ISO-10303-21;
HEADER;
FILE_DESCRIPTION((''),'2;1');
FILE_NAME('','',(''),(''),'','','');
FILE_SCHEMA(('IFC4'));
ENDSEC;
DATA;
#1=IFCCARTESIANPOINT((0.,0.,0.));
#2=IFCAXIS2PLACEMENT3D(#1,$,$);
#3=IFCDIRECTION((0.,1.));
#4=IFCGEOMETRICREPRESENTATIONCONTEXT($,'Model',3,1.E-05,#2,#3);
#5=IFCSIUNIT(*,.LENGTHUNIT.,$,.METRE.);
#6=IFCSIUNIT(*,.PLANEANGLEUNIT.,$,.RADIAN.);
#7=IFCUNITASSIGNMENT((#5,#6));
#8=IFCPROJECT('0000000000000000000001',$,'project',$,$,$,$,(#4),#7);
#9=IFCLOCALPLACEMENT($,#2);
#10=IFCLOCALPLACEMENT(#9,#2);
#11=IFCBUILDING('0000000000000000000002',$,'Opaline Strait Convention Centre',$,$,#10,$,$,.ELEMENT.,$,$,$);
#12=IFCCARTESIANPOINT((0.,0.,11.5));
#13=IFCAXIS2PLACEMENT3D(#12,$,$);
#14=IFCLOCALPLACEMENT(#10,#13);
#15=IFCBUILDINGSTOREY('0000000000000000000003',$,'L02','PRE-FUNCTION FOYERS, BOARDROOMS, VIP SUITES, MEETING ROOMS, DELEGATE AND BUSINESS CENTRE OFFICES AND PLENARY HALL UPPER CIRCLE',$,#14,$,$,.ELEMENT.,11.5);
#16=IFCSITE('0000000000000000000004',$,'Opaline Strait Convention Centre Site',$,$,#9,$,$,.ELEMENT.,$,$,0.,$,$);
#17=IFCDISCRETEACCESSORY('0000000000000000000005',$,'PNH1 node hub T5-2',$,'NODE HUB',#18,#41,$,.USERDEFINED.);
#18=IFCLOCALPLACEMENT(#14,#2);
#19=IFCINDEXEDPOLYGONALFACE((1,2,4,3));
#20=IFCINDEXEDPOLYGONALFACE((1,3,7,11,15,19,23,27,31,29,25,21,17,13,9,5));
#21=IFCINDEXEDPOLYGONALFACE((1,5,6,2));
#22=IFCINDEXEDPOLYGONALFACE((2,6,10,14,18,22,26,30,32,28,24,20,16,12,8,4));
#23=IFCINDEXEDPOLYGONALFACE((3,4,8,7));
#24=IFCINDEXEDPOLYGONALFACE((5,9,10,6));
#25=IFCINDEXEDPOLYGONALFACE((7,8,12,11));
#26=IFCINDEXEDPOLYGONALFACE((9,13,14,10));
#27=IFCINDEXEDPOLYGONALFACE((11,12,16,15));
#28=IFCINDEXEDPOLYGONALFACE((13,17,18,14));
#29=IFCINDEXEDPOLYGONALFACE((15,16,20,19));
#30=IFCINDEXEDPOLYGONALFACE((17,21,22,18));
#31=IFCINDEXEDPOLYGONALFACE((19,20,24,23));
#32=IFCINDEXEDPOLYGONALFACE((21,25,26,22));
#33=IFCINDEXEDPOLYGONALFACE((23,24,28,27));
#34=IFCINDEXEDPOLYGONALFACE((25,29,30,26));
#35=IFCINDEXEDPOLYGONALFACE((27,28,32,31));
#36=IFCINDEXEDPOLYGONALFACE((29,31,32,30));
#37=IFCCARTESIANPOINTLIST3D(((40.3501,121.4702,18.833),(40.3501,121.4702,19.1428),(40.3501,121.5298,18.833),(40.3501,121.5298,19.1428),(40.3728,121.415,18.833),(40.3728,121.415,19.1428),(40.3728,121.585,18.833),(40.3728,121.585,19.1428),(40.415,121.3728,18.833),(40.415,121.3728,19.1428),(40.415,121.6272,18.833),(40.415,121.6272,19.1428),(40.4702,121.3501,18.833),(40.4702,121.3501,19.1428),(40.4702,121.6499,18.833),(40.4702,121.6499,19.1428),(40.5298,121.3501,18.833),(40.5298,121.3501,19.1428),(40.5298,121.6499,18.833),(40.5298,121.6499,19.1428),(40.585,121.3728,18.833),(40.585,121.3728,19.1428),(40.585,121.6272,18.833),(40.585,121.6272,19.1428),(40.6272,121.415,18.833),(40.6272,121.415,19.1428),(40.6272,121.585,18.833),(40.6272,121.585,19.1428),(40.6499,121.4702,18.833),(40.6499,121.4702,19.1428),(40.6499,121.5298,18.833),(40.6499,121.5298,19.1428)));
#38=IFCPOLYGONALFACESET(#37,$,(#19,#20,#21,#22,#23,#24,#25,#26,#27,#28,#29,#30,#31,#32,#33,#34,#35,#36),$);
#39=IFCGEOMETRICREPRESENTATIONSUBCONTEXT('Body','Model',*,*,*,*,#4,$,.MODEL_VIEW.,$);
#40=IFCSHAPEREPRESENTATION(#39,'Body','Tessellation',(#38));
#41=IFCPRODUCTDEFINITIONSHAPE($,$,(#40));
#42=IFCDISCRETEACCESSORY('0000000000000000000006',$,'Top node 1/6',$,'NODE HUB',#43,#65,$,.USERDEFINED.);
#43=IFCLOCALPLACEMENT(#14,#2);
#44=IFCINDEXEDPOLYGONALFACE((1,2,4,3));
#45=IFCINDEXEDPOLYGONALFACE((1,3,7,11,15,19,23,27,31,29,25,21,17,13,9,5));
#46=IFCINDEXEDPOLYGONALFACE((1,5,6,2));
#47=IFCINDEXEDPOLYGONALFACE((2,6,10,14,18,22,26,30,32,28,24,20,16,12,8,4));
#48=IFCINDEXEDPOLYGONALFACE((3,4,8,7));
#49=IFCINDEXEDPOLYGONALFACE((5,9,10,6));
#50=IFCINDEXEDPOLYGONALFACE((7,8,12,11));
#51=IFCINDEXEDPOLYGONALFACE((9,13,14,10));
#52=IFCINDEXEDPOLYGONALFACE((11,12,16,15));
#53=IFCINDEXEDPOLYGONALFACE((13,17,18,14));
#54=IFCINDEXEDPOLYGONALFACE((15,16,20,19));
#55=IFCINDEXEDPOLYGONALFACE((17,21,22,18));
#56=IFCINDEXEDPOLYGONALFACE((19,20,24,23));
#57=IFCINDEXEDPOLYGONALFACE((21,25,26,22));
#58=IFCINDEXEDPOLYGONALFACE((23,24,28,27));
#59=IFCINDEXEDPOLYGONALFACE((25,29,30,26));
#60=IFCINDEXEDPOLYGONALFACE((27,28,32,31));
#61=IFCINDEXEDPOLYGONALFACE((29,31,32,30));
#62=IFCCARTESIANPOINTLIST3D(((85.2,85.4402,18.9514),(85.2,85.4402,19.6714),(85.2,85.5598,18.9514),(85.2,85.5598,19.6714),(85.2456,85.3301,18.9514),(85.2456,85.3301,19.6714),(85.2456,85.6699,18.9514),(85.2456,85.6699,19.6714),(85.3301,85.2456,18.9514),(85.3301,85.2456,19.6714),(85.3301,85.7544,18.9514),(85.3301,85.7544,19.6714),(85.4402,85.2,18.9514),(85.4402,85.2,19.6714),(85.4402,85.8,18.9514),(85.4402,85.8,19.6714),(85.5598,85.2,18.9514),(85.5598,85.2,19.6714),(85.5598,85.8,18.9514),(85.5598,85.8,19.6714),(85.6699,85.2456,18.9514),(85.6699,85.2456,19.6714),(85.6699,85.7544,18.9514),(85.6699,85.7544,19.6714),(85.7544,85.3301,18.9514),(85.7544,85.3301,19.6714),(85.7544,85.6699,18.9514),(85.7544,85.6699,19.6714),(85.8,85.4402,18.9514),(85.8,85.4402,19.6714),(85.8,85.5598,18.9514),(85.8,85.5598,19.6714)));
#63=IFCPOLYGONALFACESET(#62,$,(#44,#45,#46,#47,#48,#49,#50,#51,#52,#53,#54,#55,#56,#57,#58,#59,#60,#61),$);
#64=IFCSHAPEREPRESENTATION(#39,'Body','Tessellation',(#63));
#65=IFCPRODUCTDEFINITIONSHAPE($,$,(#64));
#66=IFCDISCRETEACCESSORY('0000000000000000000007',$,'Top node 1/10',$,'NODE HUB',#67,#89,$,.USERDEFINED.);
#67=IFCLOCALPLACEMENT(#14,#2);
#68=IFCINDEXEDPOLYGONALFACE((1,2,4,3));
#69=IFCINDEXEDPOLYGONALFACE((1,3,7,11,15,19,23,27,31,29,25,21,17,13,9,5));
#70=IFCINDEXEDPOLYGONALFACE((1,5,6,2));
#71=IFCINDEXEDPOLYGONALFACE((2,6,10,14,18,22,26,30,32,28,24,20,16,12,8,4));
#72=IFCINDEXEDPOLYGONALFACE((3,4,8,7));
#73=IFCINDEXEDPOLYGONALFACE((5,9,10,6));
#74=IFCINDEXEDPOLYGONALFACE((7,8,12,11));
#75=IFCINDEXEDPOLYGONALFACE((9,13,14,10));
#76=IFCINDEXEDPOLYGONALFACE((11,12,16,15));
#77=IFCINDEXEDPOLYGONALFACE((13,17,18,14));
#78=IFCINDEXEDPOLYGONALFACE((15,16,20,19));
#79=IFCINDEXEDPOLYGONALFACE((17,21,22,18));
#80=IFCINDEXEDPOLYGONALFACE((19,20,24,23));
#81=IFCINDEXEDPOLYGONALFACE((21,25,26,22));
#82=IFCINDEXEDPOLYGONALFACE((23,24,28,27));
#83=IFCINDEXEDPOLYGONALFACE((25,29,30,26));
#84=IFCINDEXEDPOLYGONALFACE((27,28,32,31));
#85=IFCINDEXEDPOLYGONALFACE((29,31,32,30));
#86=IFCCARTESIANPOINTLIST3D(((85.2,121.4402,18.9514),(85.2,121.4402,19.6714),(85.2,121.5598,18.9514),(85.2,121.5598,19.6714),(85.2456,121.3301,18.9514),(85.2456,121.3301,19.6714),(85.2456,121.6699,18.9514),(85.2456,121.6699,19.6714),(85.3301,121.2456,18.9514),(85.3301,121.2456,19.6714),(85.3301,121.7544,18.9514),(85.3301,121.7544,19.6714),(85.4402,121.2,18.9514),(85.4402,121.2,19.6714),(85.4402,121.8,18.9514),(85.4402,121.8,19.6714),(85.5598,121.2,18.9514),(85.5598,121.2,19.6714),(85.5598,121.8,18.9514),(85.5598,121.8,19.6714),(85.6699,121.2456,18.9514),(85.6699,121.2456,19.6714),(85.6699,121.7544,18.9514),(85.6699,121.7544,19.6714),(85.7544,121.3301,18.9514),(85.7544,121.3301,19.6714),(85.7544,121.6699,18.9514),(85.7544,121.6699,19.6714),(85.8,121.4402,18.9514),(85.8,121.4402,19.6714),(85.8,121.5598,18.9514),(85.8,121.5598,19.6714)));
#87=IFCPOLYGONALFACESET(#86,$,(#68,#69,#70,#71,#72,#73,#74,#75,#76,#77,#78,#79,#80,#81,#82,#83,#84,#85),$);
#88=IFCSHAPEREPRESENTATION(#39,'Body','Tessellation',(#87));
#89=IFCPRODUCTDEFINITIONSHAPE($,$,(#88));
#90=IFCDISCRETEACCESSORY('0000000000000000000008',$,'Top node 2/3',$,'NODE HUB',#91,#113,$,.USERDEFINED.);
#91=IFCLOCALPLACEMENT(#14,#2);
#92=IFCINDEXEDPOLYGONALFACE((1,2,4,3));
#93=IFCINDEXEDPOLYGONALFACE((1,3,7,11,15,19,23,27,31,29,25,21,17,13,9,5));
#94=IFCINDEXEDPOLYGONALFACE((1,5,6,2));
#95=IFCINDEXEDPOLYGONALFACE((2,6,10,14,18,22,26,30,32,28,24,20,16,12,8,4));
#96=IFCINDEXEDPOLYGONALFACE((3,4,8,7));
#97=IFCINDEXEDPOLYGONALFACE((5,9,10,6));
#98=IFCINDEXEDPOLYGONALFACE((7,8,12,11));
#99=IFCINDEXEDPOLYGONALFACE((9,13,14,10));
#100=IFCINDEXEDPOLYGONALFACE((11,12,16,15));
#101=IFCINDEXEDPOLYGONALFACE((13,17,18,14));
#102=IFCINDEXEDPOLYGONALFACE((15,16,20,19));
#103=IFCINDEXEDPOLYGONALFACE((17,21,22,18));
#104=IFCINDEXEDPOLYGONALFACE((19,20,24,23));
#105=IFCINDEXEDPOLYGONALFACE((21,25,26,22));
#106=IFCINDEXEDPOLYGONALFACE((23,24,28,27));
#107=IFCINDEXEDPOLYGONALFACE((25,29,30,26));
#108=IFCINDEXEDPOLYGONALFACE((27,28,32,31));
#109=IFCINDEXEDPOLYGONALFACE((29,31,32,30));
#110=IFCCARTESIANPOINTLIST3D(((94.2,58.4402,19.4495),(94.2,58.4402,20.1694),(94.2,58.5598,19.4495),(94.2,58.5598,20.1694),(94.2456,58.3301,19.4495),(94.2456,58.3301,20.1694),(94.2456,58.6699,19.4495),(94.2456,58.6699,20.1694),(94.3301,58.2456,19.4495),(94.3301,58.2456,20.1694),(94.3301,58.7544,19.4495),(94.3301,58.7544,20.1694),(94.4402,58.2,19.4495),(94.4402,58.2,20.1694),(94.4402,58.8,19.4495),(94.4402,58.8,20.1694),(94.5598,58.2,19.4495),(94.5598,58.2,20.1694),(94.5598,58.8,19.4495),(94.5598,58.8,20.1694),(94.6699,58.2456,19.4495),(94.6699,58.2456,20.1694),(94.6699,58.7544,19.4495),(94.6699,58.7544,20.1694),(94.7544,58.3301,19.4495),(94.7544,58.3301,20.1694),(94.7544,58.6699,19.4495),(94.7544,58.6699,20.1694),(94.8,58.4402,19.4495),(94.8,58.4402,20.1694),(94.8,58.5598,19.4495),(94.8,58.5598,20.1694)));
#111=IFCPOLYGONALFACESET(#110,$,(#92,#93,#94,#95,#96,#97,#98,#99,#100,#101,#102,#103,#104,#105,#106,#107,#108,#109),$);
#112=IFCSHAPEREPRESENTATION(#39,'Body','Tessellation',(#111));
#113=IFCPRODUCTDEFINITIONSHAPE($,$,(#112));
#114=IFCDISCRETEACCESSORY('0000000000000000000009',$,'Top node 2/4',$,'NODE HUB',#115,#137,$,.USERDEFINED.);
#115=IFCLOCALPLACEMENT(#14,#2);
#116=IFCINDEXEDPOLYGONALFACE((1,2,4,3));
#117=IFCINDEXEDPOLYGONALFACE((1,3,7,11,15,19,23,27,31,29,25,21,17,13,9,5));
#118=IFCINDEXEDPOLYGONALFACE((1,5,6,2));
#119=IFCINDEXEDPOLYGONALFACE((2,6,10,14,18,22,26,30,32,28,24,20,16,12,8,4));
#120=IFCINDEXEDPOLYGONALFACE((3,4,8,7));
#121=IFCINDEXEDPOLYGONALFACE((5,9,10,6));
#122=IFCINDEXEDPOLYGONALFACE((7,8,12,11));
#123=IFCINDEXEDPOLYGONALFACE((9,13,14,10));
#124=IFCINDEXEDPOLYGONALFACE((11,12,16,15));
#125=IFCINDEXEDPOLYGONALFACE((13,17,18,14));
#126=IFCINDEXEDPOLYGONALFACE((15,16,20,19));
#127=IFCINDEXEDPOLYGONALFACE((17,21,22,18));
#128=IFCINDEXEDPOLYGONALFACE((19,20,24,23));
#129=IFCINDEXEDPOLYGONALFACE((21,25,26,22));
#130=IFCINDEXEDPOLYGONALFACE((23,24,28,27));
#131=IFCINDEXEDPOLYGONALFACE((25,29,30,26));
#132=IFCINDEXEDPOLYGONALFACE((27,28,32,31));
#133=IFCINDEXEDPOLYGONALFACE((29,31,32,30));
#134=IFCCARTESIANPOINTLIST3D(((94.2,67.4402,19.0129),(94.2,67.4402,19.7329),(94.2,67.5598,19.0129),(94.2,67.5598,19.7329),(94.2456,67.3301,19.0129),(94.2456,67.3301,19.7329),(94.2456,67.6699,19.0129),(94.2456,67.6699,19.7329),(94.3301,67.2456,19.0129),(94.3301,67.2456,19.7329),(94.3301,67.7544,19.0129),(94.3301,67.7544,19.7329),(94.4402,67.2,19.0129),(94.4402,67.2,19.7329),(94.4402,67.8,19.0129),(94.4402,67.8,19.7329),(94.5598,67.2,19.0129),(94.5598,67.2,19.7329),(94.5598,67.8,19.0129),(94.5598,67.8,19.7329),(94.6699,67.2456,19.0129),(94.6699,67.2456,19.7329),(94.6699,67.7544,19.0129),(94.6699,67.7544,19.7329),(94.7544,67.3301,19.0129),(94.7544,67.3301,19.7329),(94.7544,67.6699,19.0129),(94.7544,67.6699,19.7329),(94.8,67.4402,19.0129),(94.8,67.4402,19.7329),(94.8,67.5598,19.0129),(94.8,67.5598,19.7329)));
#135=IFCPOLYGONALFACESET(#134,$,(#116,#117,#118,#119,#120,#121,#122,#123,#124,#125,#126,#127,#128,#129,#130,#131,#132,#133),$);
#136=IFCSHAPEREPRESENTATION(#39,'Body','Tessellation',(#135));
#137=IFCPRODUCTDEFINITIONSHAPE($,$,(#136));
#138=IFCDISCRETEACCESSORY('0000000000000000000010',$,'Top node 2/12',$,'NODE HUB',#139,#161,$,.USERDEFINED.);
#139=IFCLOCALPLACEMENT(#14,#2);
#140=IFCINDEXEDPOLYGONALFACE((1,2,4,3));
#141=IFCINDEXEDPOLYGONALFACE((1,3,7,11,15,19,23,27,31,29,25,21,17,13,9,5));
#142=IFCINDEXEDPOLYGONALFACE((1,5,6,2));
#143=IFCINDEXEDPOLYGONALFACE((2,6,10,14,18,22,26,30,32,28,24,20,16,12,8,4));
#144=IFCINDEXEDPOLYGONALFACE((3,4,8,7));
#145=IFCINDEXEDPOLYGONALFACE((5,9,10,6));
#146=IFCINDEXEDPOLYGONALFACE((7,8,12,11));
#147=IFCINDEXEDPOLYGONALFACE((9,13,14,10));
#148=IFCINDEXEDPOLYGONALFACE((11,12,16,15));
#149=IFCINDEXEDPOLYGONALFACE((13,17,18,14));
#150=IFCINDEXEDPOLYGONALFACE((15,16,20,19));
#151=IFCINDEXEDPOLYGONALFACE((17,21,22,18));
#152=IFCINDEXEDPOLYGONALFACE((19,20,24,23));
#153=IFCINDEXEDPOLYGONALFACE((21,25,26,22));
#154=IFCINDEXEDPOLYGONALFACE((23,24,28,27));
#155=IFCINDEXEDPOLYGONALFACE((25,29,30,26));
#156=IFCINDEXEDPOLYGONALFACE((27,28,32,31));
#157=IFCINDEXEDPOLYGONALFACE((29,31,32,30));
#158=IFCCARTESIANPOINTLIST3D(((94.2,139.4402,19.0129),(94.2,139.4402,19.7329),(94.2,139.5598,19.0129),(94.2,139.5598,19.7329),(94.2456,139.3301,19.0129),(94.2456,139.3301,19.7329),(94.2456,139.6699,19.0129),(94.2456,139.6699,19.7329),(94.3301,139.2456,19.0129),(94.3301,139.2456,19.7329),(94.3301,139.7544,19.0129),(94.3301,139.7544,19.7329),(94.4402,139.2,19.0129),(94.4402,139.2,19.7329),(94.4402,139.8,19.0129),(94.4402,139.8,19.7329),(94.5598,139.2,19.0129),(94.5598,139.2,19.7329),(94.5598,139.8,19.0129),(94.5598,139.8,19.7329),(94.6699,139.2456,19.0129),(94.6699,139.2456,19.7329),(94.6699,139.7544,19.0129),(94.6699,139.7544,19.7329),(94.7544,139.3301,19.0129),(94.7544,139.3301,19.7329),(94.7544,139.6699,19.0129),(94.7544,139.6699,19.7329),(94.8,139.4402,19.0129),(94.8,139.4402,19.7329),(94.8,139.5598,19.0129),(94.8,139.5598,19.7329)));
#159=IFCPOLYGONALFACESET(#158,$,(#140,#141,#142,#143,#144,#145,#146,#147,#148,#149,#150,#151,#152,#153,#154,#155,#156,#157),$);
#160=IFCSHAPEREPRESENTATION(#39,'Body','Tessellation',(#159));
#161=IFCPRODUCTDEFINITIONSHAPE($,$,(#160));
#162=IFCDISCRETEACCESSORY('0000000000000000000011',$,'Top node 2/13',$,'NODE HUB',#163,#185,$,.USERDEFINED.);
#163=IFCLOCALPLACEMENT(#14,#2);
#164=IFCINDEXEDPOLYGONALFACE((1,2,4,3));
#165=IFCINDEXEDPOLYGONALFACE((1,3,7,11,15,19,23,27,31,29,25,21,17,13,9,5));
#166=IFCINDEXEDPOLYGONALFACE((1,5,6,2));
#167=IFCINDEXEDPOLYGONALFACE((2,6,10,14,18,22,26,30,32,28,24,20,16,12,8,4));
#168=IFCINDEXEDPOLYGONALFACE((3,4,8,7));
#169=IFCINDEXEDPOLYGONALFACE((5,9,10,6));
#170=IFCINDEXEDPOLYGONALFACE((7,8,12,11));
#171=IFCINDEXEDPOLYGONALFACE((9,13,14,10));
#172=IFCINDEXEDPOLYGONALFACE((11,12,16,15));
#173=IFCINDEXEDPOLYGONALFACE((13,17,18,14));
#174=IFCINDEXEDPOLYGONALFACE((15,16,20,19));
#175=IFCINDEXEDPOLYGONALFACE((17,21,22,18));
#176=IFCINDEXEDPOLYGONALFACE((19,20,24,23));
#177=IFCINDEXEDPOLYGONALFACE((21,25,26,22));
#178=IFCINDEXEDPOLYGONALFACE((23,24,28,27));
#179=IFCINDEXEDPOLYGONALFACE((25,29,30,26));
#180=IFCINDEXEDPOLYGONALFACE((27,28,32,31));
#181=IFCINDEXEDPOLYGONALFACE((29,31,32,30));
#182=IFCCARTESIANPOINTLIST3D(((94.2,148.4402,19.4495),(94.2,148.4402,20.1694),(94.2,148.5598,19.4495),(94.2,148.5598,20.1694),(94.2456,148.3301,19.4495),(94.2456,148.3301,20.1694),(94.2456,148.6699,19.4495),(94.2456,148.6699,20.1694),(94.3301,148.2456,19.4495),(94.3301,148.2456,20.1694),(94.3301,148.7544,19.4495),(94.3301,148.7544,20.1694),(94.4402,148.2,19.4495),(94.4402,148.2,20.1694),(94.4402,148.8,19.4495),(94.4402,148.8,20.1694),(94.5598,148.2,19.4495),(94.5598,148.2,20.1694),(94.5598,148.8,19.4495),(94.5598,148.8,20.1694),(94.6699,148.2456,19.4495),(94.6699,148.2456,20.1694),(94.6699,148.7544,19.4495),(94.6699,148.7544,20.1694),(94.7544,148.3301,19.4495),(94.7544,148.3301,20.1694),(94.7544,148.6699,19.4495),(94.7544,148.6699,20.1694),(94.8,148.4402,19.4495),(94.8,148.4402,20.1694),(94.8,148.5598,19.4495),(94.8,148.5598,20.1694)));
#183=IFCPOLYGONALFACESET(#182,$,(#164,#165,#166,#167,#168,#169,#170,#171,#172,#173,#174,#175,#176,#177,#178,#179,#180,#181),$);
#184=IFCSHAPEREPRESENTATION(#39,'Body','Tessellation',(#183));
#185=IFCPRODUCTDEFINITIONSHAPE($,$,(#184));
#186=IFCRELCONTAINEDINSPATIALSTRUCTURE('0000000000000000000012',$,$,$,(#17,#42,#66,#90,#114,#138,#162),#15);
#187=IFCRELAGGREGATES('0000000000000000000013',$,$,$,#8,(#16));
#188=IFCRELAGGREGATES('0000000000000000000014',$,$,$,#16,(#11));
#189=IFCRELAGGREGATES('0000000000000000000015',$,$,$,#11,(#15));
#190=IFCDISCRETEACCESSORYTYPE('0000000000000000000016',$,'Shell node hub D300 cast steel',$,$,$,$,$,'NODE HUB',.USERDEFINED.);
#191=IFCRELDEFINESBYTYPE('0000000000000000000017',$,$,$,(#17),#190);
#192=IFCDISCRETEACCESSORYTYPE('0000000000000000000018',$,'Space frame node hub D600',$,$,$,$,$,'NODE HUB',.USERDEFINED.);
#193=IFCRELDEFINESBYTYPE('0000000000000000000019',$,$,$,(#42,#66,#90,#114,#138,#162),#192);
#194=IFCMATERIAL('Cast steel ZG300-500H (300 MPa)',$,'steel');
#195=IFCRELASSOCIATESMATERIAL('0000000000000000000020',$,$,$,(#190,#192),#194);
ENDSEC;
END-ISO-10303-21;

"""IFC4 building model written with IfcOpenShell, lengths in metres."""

from ifc_helpers import new_model, si_unit, direction, frame, origin, place, context, subcontext, project, spatial, polyline, outline, extrude, material, type_object, element, save


model = new_model("IFC4")

# Units and contexts
model_context = context("Model", 3, precision=1e-05, world=origin(), true_north=direction((0.0, 1.0)))
body_context = subcontext(model_context, "Body", "Model", "MODEL_VIEW")
ifc_project = project(units=[si_unit("LENGTHUNIT", "METRE"), si_unit("PLANEANGLEUNIT", "RADIAN")], contexts=[model_context])

# Site, building, storey
site_placement = place(None, origin())
site = spatial("IfcSite", under=ifc_project, at=site_placement, Name="Opaline Strait Convention Centre Site", CompositionType="ELEMENT", RefElevation=0.0)
building_placement = place(site_placement, origin())
building = spatial("IfcBuilding", under=site, at=building_placement, Name="Opaline Strait Convention Centre", CompositionType="ELEMENT")
storey_placement = place(building_placement, frame((0.0, 0.0, 11.5)))
storey = spatial("IfcBuildingStorey", under=building, at=storey_placement, Name="L02", Description="PRE-FUNCTION FOYERS, BOARDROOMS, VIP SUITES, MEETING ROOMS, DELEGATE AND BUSINESS CENTRE OFFICES AND PLENARY HALL UPPER CIRCLE", CompositionType="ELEMENT", Elevation=11.5)

# Discrete accessories
ifc_material = material(Name="Cast steel ZG300-500H (300 MPa)", Category="steel")
discrete_accessory_type_1 = type_object("IfcDiscreteAccessoryType", Name="Shell node hub D300 cast steel", ElementType="NODE HUB", PredefinedType="USERDEFINED", material=ifc_material)
discrete_accessory_1_placement = place(storey_placement, frame((0.0, 0.0, 18.833)))
element("IfcDiscreteAccessory", 1, at=discrete_accessory_1_placement, inside=storey, type_object=discrete_accessory_type_1, Name="PNH1 node hub T5-2", ObjectType="NODE HUB", PredefinedType="USERDEFINED", context=body_context, shape_type="SweptSolid", body=[
    extrude(outline(polyline([(40.6499, 121.5298), (40.6272, 121.585), (40.585, 121.6272), (40.5298, 121.6499), (40.4702, 121.6499), (40.415, 121.6272), (40.3728, 121.585), (40.3501, 121.5298), (40.3501, 121.4702), (40.3728, 121.415), (40.415, 121.3728), (40.4702, 121.3501), (40.5298, 121.3501), (40.585, 121.3728), (40.6272, 121.415), (40.6499, 121.4702), (40.6499, 121.5298)])), origin(), (0.0, 0.0, 1.0), 0.3098),
])
discrete_accessory_type_2 = type_object("IfcDiscreteAccessoryType", Name="Space frame node hub D600", ElementType="NODE HUB", PredefinedType="USERDEFINED", material=ifc_material)
discrete_accessory_2_placement = place(storey_placement, frame((0.0, 0.0, 18.9514)))
element("IfcDiscreteAccessory", 2, at=discrete_accessory_2_placement, inside=storey, type_object=discrete_accessory_type_2, Name="Top node 1/6", ObjectType="NODE HUB", PredefinedType="USERDEFINED", context=body_context, shape_type="SweptSolid", body=[
    extrude(outline(polyline([(85.8, 85.5598), (85.7544, 85.6699), (85.6699, 85.7544), (85.5598, 85.8), (85.4402, 85.8), (85.3301, 85.7544), (85.2456, 85.6699), (85.2, 85.5598), (85.2, 85.4402), (85.2456, 85.3301), (85.3301, 85.2456), (85.4402, 85.2), (85.5598, 85.2), (85.6699, 85.2456), (85.7544, 85.3301), (85.8, 85.4402), (85.8, 85.5598)])), origin(), (0.0, 0.0, 1.0), 0.72),
])
discrete_accessory_3_placement = place(storey_placement, frame((0.0, 0.0, 18.9514)))
element("IfcDiscreteAccessory", 3, at=discrete_accessory_3_placement, inside=storey, type_object=discrete_accessory_type_2, Name="Top node 1/10", ObjectType="NODE HUB", PredefinedType="USERDEFINED", context=body_context, shape_type="SweptSolid", body=[
    extrude(outline(polyline([(85.8, 121.5598), (85.7544, 121.6699), (85.6699, 121.7544), (85.5598, 121.8), (85.4402, 121.8), (85.3301, 121.7544), (85.2456, 121.6699), (85.2, 121.5598), (85.2, 121.4402), (85.2456, 121.3301), (85.3301, 121.2456), (85.4402, 121.2), (85.5598, 121.2), (85.6699, 121.2456), (85.7544, 121.3301), (85.8, 121.4402), (85.8, 121.5598)])), origin(), (0.0, 0.0, 1.0), 0.72),
])
discrete_accessory_4_placement = place(storey_placement, frame((0.0, 0.0, 19.4495)))
element("IfcDiscreteAccessory", 4, at=discrete_accessory_4_placement, inside=storey, type_object=discrete_accessory_type_2, Name="Top node 2/3", ObjectType="NODE HUB", PredefinedType="USERDEFINED", context=body_context, shape_type="SweptSolid", body=[
    extrude(outline(polyline([(94.8, 58.5598), (94.7544, 58.6699), (94.6699, 58.7544), (94.5598, 58.8), (94.4402, 58.8), (94.3301, 58.7544), (94.2456, 58.6699), (94.2, 58.5598), (94.2, 58.4402), (94.2456, 58.3301), (94.3301, 58.2456), (94.4402, 58.2), (94.5598, 58.2), (94.6699, 58.2456), (94.7544, 58.3301), (94.8, 58.4402), (94.8, 58.5598)])), origin(), (0.0, 0.0, 1.0), 0.72),
])
discrete_accessory_5_placement = place(storey_placement, frame((0.0, 0.0, 19.0129)))
element("IfcDiscreteAccessory", 5, at=discrete_accessory_5_placement, inside=storey, type_object=discrete_accessory_type_2, Name="Top node 2/4", ObjectType="NODE HUB", PredefinedType="USERDEFINED", context=body_context, shape_type="SweptSolid", body=[
    extrude(outline(polyline([(94.8, 67.5598), (94.7544, 67.6699), (94.6699, 67.7544), (94.5598, 67.8), (94.4402, 67.8), (94.3301, 67.7544), (94.2456, 67.6699), (94.2, 67.5598), (94.2, 67.4402), (94.2456, 67.3301), (94.3301, 67.2456), (94.4402, 67.2), (94.5598, 67.2), (94.6699, 67.2456), (94.7544, 67.3301), (94.8, 67.4402), (94.8, 67.5598)])), origin(), (0.0, 0.0, 1.0), 0.72),
])
discrete_accessory_6_placement = place(storey_placement, frame((0.0, 0.0, 19.0129)))
element("IfcDiscreteAccessory", 6, at=discrete_accessory_6_placement, inside=storey, type_object=discrete_accessory_type_2, Name="Top node 2/12", ObjectType="NODE HUB", PredefinedType="USERDEFINED", context=body_context, shape_type="SweptSolid", body=[
    extrude(outline(polyline([(94.8, 139.5598), (94.7544, 139.6699), (94.6699, 139.7544), (94.5598, 139.8), (94.4402, 139.8), (94.3301, 139.7544), (94.2456, 139.6699), (94.2, 139.5598), (94.2, 139.4402), (94.2456, 139.3301), (94.3301, 139.2456), (94.4402, 139.2), (94.5598, 139.2), (94.6699, 139.2456), (94.7544, 139.3301), (94.8, 139.4402), (94.8, 139.5598)])), origin(), (0.0, 0.0, 1.0), 0.72),
])
discrete_accessory_7_placement = place(storey_placement, frame((0.0, 0.0, 19.4495)))
element("IfcDiscreteAccessory", 7, at=discrete_accessory_7_placement, inside=storey, type_object=discrete_accessory_type_2, Name="Top node 2/13", ObjectType="NODE HUB", PredefinedType="USERDEFINED", context=body_context, shape_type="SweptSolid", body=[
    extrude(outline(polyline([(94.8, 148.5598), (94.7544, 148.6699), (94.6699, 148.7544), (94.5598, 148.8), (94.4402, 148.8), (94.3301, 148.7544), (94.2456, 148.6699), (94.2, 148.5598), (94.2, 148.4402), (94.2456, 148.3301), (94.3301, 148.2456), (94.4402, 148.2), (94.5598, 148.2), (94.6699, 148.2456), (94.7544, 148.3301), (94.8, 148.4402), (94.8, 148.5598)])), origin(), (0.0, 0.0, 1.0), 0.72),
])

save(model, "model.ifc")
